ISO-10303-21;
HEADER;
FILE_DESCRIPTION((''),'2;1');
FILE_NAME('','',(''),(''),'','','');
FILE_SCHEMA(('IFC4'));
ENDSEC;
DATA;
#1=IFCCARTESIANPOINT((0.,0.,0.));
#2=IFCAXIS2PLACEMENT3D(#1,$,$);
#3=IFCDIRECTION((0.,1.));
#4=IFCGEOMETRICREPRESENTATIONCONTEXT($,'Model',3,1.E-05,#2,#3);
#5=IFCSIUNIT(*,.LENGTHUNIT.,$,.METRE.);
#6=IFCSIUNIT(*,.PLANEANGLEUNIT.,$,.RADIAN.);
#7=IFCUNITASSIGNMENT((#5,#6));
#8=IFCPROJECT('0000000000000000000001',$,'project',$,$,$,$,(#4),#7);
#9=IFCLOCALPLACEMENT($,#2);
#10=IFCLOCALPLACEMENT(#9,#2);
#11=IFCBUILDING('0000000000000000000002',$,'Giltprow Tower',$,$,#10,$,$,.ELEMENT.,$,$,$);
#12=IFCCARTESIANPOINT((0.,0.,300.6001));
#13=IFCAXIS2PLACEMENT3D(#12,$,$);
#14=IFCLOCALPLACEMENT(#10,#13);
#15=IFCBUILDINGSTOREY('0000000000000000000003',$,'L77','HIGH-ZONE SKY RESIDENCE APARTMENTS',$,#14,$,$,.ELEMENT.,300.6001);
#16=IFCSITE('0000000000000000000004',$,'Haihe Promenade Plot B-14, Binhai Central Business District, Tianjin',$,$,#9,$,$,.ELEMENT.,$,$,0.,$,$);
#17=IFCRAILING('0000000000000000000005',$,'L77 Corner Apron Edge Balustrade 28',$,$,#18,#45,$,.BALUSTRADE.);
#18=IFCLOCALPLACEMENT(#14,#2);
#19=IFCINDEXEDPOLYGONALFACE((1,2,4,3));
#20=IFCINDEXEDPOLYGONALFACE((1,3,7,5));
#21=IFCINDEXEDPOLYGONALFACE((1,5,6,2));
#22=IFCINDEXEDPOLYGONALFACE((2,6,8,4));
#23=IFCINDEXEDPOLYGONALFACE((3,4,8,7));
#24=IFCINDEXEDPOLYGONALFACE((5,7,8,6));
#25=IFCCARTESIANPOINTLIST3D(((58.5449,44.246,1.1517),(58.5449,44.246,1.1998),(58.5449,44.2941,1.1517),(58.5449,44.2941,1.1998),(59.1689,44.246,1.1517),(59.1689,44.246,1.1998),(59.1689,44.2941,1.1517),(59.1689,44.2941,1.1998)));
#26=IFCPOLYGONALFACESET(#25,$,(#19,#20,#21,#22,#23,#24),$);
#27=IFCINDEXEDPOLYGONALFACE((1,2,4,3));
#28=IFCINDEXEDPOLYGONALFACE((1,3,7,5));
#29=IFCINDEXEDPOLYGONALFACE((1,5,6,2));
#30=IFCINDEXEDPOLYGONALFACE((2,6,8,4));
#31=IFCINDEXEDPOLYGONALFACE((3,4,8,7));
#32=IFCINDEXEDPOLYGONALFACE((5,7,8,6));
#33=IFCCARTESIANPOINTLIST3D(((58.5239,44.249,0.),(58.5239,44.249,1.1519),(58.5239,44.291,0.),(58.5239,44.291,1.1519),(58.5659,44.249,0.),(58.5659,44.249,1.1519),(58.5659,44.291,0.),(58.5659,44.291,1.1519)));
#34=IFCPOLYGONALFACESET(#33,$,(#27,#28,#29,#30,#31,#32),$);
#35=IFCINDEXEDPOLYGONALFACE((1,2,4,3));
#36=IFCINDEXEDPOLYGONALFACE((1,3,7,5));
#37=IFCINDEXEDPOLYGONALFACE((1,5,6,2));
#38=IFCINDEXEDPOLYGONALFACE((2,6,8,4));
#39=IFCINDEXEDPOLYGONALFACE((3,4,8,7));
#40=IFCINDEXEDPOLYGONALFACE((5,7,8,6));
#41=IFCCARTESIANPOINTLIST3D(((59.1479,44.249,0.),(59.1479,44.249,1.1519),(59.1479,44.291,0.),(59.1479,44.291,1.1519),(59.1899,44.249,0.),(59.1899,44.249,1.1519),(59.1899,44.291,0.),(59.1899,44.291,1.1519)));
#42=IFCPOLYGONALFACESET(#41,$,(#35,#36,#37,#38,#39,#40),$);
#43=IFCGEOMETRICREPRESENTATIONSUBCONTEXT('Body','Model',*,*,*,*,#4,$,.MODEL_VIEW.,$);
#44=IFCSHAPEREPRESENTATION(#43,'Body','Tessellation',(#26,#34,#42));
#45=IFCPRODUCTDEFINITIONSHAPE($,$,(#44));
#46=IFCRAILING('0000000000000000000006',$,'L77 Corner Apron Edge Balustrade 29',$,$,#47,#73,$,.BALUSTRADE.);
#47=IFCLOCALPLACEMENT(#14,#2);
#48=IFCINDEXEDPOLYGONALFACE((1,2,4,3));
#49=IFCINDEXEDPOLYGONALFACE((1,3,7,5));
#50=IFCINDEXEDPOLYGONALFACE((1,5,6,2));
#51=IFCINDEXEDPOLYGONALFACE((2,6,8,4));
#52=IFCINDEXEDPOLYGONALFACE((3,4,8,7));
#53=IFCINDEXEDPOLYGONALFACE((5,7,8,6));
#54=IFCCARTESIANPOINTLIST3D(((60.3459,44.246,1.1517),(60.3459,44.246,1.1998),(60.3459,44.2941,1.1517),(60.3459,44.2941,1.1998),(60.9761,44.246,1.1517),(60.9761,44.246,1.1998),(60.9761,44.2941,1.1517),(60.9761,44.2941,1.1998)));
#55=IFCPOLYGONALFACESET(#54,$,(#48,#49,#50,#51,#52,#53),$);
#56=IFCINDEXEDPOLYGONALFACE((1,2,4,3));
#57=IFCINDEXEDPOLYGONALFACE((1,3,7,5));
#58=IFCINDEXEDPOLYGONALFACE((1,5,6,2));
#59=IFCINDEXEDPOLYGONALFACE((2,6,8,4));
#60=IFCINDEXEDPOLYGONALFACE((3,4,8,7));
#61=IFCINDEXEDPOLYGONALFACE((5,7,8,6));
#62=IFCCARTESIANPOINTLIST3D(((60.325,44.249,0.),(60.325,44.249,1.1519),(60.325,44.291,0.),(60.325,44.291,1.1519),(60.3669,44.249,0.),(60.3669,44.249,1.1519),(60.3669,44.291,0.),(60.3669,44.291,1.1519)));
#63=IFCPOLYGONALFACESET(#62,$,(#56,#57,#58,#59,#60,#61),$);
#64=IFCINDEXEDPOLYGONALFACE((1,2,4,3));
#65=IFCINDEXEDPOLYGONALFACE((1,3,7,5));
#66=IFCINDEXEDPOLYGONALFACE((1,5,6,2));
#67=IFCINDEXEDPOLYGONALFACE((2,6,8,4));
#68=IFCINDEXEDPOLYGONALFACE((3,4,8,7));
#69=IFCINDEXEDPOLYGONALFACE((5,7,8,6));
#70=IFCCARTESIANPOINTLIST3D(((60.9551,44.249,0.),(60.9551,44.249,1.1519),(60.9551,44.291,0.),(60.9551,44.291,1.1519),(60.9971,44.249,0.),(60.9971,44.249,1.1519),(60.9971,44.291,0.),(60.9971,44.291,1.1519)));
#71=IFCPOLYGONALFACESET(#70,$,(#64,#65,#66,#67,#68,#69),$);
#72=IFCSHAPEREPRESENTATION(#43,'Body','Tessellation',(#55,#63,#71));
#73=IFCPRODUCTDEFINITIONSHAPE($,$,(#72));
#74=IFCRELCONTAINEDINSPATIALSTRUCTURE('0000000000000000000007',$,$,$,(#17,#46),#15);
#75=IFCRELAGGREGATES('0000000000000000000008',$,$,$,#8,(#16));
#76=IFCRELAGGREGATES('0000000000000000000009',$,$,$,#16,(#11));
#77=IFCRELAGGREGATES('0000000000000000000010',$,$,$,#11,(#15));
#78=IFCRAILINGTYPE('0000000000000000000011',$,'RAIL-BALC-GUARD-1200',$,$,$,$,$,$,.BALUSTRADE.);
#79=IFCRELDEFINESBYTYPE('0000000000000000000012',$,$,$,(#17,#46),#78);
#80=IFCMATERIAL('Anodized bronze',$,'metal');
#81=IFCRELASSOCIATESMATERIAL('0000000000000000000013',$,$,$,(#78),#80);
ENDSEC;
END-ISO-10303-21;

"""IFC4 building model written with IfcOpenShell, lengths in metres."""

from ifc_helpers import new_model, si_unit, direction, frame, origin, origin_2d, place, context, subcontext, project, spatial, rectangle, extrude, material, type_object, element, save


model = new_model("IFC4")

# Units and contexts
model_context = context("Model", 3, precision=1e-05, world=origin(), true_north=direction((0.0, 1.0)))
body_context = subcontext(model_context, "Body", "Model", "MODEL_VIEW")
ifc_project = project(units=[si_unit("LENGTHUNIT", "METRE"), si_unit("PLANEANGLEUNIT", "RADIAN")], contexts=[model_context])

# Site, building, storey
site_placement = place(None, origin())
site = spatial("IfcSite", under=ifc_project, at=site_placement, Name="Haihe Promenade Plot B-14, Binhai Central Business District, Tianjin", CompositionType="ELEMENT", RefElevation=0.0)
building_placement = place(site_placement, origin())
building = spatial("IfcBuilding", under=site, at=building_placement, Name="Giltprow Tower", CompositionType="ELEMENT")
storey_placement = place(building_placement, frame((0.0, 0.0, 300.6001)))
storey = spatial("IfcBuildingStorey", under=building, at=storey_placement, Name="L77", Description="HIGH-ZONE SKY RESIDENCE APARTMENTS", CompositionType="ELEMENT", Elevation=300.6001)

# Railings
ifc_material_1 = material(Name="Anodized bronze", Category="metal")
railing_type = type_object("IfcRailingType", Name="RAIL-BALC-GUARD-1200", PredefinedType="BALUSTRADE", material=ifc_material_1)
railing_1_placement = place(storey_placement, frame((58.5449, 44.27, 0.0)))
element("IfcRailing", 1, at=railing_1_placement, inside=storey, type_object=railing_type, Name="L77 Corner Apron Edge Balustrade 28", PredefinedType="BALUSTRADE", context=body_context, shape_type="SweptSolid", body=[
    extrude(rectangle(XDim=0.0481, YDim=0.0481, at=origin_2d()), frame((0.0, 0.0, 1.1758), z_axis=(1.0, 0.0, 0.0), x_axis=(0.0, 1.0, 0.0)), (0.0, 0.0, 1.0), 0.624),
    extrude(rectangle(XDim=0.042, YDim=0.042, at=origin_2d()), origin(), (0.0, 0.0, 1.0), 1.1519),
    extrude(rectangle(XDim=0.042, YDim=0.042, at=origin_2d()), frame((0.624, 0.0, 0.0)), (0.0, 0.0, 1.0), 1.1519),
])
railing_2_placement = place(storey_placement, frame((60.3459, 44.27, 0.0)))
element("IfcRailing", 2, at=railing_2_placement, inside=storey, type_object=railing_type, Name="L77 Corner Apron Edge Balustrade 29", PredefinedType="BALUSTRADE", context=body_context, shape_type="SweptSolid", body=[
    extrude(rectangle(XDim=0.0481, YDim=0.0481, at=origin_2d()), frame((0.0, 0.0, 1.1758), z_axis=(1.0, 0.0, 0.0), x_axis=(0.0, 1.0, 0.0)), (0.0, 0.0, 1.0), 0.6301),
    extrude(rectangle(XDim=0.042, YDim=0.042, at=origin_2d()), origin(), (0.0, 0.0, 1.0), 1.1519),
    extrude(rectangle(XDim=0.042, YDim=0.042, at=origin_2d()), frame((0.6301, 0.0, 0.0)), (0.0, 0.0, 1.0), 1.1519),
])

save(model, "model.ifc")
